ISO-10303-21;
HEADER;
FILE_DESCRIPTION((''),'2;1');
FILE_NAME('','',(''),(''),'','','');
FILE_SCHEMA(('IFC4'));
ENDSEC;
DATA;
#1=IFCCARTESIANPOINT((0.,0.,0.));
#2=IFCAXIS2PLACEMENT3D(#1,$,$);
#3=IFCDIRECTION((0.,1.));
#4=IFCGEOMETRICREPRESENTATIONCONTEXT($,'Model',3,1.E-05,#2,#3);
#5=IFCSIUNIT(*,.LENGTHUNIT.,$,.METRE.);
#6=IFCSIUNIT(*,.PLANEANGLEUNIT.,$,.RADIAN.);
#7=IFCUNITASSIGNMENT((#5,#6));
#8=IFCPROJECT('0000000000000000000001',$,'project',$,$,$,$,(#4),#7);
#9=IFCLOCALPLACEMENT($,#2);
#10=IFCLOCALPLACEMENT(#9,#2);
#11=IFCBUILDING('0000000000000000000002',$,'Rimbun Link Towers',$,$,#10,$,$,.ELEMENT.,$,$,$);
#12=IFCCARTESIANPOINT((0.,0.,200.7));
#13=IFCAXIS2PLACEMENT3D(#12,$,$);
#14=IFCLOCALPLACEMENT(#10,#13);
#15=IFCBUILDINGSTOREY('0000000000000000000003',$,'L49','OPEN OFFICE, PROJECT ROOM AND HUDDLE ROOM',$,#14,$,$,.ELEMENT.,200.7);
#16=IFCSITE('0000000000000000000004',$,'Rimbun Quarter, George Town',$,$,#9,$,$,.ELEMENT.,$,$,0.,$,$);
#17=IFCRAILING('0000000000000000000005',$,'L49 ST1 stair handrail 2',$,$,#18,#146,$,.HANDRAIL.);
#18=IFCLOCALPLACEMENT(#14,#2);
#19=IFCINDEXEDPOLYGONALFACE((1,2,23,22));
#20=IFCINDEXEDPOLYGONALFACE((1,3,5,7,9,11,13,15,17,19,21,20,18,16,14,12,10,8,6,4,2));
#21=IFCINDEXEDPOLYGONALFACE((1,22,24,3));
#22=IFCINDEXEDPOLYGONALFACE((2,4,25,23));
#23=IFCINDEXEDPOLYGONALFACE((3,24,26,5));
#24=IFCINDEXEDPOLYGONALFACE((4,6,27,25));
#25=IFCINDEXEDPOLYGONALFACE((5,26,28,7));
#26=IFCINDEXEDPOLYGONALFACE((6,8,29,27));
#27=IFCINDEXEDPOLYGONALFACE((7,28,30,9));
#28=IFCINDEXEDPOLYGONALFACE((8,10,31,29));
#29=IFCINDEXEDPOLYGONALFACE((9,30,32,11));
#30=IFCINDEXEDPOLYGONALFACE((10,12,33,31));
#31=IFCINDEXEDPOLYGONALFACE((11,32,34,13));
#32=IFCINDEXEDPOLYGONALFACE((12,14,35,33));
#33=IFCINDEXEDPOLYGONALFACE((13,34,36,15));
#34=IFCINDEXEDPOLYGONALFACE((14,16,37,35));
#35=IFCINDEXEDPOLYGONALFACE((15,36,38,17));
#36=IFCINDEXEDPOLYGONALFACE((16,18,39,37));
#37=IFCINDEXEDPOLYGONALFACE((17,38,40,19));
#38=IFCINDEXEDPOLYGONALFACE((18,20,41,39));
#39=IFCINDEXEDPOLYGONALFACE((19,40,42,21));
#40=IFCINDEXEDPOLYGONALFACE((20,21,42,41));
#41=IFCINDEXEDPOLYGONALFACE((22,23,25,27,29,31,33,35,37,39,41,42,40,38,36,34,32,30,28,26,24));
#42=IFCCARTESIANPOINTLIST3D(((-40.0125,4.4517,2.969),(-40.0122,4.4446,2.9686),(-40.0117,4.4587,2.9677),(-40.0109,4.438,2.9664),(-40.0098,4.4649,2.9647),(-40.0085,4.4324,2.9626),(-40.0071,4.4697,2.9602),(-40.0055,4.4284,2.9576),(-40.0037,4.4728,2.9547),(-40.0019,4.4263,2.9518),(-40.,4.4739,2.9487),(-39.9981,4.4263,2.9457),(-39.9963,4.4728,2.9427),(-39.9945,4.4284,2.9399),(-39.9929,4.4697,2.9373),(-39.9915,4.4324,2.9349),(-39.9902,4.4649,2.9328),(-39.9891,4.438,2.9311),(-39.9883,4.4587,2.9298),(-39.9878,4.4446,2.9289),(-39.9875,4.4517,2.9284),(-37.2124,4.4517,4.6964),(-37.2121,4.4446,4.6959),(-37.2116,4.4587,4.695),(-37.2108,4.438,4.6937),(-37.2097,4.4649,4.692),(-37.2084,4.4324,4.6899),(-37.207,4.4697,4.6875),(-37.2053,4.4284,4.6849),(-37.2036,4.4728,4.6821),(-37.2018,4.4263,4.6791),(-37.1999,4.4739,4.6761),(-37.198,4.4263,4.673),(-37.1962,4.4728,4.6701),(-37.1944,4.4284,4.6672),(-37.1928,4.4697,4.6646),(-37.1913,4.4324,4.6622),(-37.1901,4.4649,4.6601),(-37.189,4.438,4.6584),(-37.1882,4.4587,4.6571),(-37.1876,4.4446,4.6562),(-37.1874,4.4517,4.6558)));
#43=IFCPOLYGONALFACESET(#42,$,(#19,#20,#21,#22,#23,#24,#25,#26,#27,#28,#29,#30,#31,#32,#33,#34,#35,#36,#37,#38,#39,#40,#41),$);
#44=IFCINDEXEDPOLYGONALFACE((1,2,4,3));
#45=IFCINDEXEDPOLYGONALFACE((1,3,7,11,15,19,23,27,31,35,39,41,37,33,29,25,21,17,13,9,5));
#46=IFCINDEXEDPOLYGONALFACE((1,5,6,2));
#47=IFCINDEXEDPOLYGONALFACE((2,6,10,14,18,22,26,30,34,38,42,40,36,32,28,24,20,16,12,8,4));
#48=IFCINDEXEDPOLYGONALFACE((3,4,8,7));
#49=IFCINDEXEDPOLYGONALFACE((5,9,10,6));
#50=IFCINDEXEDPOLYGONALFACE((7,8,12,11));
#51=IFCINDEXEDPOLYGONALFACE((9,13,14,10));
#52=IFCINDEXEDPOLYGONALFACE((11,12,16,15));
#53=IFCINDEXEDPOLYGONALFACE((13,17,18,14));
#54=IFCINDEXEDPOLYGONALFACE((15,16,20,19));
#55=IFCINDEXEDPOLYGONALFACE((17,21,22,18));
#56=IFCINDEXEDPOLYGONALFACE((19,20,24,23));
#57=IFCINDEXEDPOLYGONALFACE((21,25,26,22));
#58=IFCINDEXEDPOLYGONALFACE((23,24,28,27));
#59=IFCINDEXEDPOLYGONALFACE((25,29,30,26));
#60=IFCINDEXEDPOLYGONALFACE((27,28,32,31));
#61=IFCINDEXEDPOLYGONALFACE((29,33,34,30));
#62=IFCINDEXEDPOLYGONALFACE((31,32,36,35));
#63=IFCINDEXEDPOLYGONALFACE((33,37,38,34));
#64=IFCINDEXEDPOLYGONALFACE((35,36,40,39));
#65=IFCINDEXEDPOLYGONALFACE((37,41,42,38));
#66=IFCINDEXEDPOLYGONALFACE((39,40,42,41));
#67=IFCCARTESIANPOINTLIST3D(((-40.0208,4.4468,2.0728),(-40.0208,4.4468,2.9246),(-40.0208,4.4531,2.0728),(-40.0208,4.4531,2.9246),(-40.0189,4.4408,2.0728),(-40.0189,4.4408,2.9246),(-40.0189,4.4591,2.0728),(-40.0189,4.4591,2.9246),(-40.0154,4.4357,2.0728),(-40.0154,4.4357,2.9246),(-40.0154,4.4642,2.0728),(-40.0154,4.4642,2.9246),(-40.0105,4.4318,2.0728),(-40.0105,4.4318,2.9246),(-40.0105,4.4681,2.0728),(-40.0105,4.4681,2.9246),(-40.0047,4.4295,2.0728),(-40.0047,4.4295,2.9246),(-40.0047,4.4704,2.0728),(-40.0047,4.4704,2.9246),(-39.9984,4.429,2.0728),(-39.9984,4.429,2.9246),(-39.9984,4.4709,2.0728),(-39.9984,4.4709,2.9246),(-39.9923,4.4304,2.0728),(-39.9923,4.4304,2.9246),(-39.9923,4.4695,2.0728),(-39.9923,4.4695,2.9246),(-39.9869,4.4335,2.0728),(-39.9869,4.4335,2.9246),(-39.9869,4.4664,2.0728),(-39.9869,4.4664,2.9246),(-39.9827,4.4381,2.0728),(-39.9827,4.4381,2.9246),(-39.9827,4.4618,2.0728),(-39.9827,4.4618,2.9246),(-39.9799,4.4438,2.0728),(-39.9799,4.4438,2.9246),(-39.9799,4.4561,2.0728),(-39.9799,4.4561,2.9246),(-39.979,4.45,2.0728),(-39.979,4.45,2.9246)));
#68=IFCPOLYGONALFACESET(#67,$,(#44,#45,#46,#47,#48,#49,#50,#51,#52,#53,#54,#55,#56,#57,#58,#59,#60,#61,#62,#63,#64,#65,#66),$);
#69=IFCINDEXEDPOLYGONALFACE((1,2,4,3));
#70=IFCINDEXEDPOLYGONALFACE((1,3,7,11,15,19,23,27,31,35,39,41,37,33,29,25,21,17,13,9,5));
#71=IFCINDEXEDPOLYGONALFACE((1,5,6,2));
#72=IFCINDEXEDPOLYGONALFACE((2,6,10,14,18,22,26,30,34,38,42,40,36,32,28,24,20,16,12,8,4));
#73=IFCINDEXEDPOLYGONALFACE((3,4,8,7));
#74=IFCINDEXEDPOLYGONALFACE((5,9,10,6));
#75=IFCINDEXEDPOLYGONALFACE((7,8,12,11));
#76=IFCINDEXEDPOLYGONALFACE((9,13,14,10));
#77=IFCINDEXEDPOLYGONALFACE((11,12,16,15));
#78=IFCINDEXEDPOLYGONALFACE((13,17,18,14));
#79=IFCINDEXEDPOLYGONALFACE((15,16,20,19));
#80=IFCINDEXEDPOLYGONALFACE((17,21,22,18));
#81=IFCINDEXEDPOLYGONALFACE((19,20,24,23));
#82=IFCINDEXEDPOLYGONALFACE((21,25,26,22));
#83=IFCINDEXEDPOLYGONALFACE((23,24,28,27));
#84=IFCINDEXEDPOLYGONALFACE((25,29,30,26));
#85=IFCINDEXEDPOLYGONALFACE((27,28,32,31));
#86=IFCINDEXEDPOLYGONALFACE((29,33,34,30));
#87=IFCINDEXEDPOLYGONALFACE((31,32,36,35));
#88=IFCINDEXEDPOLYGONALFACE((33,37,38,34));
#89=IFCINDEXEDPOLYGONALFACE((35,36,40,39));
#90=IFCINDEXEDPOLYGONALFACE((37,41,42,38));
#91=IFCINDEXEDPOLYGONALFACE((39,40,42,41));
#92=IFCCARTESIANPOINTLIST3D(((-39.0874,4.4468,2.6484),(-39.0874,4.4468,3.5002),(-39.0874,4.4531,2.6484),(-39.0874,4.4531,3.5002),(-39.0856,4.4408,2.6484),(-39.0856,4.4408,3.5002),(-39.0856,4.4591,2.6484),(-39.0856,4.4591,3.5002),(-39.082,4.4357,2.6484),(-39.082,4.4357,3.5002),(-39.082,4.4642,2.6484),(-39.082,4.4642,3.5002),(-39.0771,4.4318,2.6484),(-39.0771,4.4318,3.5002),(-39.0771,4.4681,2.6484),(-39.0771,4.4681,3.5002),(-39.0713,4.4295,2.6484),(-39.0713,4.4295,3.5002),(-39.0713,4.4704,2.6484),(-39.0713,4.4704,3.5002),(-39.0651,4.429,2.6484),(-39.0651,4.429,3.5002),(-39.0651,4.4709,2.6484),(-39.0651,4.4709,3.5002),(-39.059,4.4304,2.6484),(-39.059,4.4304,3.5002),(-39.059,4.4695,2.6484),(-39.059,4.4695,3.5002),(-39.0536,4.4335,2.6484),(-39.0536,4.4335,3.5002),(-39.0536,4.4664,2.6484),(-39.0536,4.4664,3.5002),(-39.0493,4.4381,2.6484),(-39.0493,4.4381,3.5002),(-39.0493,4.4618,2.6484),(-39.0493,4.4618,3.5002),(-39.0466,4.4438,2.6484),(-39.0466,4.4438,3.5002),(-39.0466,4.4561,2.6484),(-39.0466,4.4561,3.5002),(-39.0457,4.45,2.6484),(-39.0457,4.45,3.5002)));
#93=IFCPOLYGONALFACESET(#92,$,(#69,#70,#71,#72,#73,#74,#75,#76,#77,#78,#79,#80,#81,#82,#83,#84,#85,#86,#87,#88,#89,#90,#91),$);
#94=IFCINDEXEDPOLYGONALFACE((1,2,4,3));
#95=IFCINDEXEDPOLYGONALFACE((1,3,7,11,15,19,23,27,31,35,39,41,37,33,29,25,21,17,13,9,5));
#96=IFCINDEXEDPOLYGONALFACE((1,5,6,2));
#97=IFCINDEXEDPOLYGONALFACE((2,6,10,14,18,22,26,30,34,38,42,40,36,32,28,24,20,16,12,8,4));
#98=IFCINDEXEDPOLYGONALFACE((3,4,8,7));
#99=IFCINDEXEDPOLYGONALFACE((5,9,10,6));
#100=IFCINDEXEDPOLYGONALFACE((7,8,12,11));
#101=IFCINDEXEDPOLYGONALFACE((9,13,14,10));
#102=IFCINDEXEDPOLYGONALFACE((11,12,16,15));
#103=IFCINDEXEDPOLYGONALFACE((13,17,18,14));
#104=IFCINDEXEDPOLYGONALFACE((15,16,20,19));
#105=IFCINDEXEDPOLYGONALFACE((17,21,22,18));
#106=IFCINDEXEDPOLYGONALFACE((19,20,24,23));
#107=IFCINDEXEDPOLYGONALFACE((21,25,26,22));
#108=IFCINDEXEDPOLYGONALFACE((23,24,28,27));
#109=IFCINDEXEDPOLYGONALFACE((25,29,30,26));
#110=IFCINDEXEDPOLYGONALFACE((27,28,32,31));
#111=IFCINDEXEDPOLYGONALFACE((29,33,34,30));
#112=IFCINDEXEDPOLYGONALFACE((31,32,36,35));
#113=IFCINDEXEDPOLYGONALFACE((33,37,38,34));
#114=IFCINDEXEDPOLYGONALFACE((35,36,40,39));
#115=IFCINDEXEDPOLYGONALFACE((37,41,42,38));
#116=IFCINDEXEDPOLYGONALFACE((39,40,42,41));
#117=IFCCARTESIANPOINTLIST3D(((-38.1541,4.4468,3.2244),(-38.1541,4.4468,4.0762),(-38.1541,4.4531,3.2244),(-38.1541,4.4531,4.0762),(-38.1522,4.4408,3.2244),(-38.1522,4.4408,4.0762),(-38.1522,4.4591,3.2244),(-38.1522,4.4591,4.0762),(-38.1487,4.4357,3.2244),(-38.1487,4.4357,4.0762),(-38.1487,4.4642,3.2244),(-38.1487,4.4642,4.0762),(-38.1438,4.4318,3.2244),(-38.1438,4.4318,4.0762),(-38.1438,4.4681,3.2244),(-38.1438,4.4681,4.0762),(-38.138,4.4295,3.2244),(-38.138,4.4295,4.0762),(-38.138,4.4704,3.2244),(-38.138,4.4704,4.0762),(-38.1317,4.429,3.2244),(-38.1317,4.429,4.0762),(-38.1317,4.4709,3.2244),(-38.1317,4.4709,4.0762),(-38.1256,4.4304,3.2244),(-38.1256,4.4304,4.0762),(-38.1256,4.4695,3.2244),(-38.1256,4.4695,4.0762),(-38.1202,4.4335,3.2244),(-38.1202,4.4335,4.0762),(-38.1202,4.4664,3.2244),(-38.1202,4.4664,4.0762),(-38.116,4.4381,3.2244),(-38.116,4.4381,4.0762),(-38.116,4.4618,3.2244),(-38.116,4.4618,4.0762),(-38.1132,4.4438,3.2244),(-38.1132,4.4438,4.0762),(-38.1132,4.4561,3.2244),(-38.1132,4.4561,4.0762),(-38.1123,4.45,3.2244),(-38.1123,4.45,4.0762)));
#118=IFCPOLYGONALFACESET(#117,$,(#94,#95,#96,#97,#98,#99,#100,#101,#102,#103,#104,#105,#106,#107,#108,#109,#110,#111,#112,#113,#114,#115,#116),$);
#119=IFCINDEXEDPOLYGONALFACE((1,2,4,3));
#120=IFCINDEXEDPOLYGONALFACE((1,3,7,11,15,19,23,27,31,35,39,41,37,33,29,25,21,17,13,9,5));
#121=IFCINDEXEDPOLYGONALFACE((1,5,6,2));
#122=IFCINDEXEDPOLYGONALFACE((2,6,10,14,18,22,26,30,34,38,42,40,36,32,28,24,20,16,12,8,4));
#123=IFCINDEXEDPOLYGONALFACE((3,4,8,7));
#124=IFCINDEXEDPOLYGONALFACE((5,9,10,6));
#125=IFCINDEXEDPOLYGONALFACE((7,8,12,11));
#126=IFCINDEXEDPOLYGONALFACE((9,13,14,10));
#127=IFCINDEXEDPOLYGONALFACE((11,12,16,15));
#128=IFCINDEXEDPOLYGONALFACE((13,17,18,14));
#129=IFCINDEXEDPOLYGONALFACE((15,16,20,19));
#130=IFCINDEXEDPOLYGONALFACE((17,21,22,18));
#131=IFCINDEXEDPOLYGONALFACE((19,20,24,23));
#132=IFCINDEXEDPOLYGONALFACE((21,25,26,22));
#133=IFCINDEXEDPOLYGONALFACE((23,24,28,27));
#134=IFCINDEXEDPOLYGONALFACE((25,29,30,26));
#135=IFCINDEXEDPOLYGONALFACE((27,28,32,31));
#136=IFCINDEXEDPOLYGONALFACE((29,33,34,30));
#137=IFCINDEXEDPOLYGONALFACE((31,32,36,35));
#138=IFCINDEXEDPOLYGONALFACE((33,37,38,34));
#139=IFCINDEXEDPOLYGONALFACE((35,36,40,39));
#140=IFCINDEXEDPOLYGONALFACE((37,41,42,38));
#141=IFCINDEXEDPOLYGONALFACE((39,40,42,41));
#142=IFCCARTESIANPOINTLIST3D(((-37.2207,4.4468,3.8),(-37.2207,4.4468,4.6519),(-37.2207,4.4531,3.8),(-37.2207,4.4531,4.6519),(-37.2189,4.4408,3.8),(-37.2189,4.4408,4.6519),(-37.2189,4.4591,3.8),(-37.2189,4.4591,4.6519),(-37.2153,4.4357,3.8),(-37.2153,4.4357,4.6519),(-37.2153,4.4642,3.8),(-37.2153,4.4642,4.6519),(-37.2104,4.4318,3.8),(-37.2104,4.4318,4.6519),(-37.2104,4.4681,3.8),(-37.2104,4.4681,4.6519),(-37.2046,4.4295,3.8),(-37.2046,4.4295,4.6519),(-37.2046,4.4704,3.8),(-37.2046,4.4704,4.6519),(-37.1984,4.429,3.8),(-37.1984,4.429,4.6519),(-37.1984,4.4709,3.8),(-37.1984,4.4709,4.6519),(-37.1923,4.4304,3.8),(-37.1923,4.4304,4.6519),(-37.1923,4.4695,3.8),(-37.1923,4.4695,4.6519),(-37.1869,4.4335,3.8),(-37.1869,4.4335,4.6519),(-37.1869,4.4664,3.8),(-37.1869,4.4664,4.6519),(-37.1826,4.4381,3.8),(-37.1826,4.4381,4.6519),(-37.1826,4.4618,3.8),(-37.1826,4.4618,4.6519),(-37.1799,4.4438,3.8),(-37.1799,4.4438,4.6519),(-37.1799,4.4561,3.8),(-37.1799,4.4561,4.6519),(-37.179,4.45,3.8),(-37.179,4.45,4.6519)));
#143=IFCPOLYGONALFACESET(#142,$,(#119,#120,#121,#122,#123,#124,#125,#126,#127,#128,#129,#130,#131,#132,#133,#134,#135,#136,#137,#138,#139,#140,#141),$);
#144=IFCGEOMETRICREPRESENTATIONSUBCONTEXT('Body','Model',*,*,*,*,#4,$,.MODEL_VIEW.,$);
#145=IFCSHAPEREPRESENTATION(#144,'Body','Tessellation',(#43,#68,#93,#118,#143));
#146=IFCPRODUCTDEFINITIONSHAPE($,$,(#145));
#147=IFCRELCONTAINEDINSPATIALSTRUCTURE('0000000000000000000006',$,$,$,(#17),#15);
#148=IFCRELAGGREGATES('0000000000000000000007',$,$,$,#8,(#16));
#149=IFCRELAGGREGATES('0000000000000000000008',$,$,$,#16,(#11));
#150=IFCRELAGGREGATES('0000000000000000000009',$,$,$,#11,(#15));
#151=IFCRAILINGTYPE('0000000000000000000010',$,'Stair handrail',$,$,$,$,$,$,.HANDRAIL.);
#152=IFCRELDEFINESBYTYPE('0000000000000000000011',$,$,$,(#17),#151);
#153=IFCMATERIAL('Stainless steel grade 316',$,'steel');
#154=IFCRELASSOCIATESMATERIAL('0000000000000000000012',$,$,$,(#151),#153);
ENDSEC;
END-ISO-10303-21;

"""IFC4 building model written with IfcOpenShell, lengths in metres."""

from ifc_helpers import new_model, si_unit, direction, frame, origin, origin_2d, place, context, subcontext, project, spatial, circle, extrude, material, type_object, element, save


model = new_model("IFC4")

# Units and contexts
model_context = context("Model", 3, precision=1e-05, world=origin(), true_north=direction((0.0, 1.0)))
body_context = subcontext(model_context, "Body", "Model", "MODEL_VIEW")
ifc_project = project(units=[si_unit("LENGTHUNIT", "METRE"), si_unit("PLANEANGLEUNIT", "RADIAN")], contexts=[model_context])

# Site, building, storey
site_placement = place(None, origin())
site = spatial("IfcSite", under=ifc_project, at=site_placement, Name="Rimbun Quarter, George Town", CompositionType="ELEMENT", RefElevation=0.0)
building_placement = place(site_placement, origin())
building = spatial("IfcBuilding", under=site, at=building_placement, Name="Rimbun Link Towers", CompositionType="ELEMENT")
storey_placement = place(building_placement, frame((0.0, 0.0, 200.7)))
storey = spatial("IfcBuildingStorey", under=building, at=storey_placement, Name="L49", Description="OPEN OFFICE, PROJECT ROOM AND HUDDLE ROOM", CompositionType="ELEMENT", Elevation=200.7)

# Railing
ifc_material_1 = material(Name="Stainless steel grade 316", Category="steel")
railing_type_1 = type_object("IfcRailingType", Name="Stair handrail", PredefinedType="HANDRAIL", material=ifc_material_1)
railing_1_placement = place(storey_placement, frame((-40.0, 4.45, 2.0728)))
element("IfcRailing", 1, at=railing_1_placement, inside=storey, type_object=railing_type_1, Name="L49 ST1 stair handrail 2", PredefinedType="HANDRAIL", context=body_context, shape_type="SweptSolid", body=[
    extrude(circle(Radius=0.0239, at=origin_2d()), frame((0.0, 0.0, 0.876), z_axis=(0.85109, 0.0, 0.52502), x_axis=(0.0, 1.0, 0.0)), (0.0, 0.0, 1.0), 3.29),
    extrude(circle(Radius=0.021, at=origin_2d()), origin(), (0.0, 0.0, 1.0), 0.8518),
    extrude(circle(Radius=0.021, at=origin_2d()), frame((0.9333, 0.0, 0.5757)), (0.0, 0.0, 1.0), 0.8518),
    extrude(circle(Radius=0.021, at=origin_2d()), frame((1.8667, 0.0, 1.1516)), (0.0, 0.0, 1.0), 0.8518),
    extrude(circle(Radius=0.021, at=origin_2d()), frame((2.8, 0.0, 1.7273)), (0.0, 0.0, 1.0), 0.8518),
])

save(model, "model.ifc")
